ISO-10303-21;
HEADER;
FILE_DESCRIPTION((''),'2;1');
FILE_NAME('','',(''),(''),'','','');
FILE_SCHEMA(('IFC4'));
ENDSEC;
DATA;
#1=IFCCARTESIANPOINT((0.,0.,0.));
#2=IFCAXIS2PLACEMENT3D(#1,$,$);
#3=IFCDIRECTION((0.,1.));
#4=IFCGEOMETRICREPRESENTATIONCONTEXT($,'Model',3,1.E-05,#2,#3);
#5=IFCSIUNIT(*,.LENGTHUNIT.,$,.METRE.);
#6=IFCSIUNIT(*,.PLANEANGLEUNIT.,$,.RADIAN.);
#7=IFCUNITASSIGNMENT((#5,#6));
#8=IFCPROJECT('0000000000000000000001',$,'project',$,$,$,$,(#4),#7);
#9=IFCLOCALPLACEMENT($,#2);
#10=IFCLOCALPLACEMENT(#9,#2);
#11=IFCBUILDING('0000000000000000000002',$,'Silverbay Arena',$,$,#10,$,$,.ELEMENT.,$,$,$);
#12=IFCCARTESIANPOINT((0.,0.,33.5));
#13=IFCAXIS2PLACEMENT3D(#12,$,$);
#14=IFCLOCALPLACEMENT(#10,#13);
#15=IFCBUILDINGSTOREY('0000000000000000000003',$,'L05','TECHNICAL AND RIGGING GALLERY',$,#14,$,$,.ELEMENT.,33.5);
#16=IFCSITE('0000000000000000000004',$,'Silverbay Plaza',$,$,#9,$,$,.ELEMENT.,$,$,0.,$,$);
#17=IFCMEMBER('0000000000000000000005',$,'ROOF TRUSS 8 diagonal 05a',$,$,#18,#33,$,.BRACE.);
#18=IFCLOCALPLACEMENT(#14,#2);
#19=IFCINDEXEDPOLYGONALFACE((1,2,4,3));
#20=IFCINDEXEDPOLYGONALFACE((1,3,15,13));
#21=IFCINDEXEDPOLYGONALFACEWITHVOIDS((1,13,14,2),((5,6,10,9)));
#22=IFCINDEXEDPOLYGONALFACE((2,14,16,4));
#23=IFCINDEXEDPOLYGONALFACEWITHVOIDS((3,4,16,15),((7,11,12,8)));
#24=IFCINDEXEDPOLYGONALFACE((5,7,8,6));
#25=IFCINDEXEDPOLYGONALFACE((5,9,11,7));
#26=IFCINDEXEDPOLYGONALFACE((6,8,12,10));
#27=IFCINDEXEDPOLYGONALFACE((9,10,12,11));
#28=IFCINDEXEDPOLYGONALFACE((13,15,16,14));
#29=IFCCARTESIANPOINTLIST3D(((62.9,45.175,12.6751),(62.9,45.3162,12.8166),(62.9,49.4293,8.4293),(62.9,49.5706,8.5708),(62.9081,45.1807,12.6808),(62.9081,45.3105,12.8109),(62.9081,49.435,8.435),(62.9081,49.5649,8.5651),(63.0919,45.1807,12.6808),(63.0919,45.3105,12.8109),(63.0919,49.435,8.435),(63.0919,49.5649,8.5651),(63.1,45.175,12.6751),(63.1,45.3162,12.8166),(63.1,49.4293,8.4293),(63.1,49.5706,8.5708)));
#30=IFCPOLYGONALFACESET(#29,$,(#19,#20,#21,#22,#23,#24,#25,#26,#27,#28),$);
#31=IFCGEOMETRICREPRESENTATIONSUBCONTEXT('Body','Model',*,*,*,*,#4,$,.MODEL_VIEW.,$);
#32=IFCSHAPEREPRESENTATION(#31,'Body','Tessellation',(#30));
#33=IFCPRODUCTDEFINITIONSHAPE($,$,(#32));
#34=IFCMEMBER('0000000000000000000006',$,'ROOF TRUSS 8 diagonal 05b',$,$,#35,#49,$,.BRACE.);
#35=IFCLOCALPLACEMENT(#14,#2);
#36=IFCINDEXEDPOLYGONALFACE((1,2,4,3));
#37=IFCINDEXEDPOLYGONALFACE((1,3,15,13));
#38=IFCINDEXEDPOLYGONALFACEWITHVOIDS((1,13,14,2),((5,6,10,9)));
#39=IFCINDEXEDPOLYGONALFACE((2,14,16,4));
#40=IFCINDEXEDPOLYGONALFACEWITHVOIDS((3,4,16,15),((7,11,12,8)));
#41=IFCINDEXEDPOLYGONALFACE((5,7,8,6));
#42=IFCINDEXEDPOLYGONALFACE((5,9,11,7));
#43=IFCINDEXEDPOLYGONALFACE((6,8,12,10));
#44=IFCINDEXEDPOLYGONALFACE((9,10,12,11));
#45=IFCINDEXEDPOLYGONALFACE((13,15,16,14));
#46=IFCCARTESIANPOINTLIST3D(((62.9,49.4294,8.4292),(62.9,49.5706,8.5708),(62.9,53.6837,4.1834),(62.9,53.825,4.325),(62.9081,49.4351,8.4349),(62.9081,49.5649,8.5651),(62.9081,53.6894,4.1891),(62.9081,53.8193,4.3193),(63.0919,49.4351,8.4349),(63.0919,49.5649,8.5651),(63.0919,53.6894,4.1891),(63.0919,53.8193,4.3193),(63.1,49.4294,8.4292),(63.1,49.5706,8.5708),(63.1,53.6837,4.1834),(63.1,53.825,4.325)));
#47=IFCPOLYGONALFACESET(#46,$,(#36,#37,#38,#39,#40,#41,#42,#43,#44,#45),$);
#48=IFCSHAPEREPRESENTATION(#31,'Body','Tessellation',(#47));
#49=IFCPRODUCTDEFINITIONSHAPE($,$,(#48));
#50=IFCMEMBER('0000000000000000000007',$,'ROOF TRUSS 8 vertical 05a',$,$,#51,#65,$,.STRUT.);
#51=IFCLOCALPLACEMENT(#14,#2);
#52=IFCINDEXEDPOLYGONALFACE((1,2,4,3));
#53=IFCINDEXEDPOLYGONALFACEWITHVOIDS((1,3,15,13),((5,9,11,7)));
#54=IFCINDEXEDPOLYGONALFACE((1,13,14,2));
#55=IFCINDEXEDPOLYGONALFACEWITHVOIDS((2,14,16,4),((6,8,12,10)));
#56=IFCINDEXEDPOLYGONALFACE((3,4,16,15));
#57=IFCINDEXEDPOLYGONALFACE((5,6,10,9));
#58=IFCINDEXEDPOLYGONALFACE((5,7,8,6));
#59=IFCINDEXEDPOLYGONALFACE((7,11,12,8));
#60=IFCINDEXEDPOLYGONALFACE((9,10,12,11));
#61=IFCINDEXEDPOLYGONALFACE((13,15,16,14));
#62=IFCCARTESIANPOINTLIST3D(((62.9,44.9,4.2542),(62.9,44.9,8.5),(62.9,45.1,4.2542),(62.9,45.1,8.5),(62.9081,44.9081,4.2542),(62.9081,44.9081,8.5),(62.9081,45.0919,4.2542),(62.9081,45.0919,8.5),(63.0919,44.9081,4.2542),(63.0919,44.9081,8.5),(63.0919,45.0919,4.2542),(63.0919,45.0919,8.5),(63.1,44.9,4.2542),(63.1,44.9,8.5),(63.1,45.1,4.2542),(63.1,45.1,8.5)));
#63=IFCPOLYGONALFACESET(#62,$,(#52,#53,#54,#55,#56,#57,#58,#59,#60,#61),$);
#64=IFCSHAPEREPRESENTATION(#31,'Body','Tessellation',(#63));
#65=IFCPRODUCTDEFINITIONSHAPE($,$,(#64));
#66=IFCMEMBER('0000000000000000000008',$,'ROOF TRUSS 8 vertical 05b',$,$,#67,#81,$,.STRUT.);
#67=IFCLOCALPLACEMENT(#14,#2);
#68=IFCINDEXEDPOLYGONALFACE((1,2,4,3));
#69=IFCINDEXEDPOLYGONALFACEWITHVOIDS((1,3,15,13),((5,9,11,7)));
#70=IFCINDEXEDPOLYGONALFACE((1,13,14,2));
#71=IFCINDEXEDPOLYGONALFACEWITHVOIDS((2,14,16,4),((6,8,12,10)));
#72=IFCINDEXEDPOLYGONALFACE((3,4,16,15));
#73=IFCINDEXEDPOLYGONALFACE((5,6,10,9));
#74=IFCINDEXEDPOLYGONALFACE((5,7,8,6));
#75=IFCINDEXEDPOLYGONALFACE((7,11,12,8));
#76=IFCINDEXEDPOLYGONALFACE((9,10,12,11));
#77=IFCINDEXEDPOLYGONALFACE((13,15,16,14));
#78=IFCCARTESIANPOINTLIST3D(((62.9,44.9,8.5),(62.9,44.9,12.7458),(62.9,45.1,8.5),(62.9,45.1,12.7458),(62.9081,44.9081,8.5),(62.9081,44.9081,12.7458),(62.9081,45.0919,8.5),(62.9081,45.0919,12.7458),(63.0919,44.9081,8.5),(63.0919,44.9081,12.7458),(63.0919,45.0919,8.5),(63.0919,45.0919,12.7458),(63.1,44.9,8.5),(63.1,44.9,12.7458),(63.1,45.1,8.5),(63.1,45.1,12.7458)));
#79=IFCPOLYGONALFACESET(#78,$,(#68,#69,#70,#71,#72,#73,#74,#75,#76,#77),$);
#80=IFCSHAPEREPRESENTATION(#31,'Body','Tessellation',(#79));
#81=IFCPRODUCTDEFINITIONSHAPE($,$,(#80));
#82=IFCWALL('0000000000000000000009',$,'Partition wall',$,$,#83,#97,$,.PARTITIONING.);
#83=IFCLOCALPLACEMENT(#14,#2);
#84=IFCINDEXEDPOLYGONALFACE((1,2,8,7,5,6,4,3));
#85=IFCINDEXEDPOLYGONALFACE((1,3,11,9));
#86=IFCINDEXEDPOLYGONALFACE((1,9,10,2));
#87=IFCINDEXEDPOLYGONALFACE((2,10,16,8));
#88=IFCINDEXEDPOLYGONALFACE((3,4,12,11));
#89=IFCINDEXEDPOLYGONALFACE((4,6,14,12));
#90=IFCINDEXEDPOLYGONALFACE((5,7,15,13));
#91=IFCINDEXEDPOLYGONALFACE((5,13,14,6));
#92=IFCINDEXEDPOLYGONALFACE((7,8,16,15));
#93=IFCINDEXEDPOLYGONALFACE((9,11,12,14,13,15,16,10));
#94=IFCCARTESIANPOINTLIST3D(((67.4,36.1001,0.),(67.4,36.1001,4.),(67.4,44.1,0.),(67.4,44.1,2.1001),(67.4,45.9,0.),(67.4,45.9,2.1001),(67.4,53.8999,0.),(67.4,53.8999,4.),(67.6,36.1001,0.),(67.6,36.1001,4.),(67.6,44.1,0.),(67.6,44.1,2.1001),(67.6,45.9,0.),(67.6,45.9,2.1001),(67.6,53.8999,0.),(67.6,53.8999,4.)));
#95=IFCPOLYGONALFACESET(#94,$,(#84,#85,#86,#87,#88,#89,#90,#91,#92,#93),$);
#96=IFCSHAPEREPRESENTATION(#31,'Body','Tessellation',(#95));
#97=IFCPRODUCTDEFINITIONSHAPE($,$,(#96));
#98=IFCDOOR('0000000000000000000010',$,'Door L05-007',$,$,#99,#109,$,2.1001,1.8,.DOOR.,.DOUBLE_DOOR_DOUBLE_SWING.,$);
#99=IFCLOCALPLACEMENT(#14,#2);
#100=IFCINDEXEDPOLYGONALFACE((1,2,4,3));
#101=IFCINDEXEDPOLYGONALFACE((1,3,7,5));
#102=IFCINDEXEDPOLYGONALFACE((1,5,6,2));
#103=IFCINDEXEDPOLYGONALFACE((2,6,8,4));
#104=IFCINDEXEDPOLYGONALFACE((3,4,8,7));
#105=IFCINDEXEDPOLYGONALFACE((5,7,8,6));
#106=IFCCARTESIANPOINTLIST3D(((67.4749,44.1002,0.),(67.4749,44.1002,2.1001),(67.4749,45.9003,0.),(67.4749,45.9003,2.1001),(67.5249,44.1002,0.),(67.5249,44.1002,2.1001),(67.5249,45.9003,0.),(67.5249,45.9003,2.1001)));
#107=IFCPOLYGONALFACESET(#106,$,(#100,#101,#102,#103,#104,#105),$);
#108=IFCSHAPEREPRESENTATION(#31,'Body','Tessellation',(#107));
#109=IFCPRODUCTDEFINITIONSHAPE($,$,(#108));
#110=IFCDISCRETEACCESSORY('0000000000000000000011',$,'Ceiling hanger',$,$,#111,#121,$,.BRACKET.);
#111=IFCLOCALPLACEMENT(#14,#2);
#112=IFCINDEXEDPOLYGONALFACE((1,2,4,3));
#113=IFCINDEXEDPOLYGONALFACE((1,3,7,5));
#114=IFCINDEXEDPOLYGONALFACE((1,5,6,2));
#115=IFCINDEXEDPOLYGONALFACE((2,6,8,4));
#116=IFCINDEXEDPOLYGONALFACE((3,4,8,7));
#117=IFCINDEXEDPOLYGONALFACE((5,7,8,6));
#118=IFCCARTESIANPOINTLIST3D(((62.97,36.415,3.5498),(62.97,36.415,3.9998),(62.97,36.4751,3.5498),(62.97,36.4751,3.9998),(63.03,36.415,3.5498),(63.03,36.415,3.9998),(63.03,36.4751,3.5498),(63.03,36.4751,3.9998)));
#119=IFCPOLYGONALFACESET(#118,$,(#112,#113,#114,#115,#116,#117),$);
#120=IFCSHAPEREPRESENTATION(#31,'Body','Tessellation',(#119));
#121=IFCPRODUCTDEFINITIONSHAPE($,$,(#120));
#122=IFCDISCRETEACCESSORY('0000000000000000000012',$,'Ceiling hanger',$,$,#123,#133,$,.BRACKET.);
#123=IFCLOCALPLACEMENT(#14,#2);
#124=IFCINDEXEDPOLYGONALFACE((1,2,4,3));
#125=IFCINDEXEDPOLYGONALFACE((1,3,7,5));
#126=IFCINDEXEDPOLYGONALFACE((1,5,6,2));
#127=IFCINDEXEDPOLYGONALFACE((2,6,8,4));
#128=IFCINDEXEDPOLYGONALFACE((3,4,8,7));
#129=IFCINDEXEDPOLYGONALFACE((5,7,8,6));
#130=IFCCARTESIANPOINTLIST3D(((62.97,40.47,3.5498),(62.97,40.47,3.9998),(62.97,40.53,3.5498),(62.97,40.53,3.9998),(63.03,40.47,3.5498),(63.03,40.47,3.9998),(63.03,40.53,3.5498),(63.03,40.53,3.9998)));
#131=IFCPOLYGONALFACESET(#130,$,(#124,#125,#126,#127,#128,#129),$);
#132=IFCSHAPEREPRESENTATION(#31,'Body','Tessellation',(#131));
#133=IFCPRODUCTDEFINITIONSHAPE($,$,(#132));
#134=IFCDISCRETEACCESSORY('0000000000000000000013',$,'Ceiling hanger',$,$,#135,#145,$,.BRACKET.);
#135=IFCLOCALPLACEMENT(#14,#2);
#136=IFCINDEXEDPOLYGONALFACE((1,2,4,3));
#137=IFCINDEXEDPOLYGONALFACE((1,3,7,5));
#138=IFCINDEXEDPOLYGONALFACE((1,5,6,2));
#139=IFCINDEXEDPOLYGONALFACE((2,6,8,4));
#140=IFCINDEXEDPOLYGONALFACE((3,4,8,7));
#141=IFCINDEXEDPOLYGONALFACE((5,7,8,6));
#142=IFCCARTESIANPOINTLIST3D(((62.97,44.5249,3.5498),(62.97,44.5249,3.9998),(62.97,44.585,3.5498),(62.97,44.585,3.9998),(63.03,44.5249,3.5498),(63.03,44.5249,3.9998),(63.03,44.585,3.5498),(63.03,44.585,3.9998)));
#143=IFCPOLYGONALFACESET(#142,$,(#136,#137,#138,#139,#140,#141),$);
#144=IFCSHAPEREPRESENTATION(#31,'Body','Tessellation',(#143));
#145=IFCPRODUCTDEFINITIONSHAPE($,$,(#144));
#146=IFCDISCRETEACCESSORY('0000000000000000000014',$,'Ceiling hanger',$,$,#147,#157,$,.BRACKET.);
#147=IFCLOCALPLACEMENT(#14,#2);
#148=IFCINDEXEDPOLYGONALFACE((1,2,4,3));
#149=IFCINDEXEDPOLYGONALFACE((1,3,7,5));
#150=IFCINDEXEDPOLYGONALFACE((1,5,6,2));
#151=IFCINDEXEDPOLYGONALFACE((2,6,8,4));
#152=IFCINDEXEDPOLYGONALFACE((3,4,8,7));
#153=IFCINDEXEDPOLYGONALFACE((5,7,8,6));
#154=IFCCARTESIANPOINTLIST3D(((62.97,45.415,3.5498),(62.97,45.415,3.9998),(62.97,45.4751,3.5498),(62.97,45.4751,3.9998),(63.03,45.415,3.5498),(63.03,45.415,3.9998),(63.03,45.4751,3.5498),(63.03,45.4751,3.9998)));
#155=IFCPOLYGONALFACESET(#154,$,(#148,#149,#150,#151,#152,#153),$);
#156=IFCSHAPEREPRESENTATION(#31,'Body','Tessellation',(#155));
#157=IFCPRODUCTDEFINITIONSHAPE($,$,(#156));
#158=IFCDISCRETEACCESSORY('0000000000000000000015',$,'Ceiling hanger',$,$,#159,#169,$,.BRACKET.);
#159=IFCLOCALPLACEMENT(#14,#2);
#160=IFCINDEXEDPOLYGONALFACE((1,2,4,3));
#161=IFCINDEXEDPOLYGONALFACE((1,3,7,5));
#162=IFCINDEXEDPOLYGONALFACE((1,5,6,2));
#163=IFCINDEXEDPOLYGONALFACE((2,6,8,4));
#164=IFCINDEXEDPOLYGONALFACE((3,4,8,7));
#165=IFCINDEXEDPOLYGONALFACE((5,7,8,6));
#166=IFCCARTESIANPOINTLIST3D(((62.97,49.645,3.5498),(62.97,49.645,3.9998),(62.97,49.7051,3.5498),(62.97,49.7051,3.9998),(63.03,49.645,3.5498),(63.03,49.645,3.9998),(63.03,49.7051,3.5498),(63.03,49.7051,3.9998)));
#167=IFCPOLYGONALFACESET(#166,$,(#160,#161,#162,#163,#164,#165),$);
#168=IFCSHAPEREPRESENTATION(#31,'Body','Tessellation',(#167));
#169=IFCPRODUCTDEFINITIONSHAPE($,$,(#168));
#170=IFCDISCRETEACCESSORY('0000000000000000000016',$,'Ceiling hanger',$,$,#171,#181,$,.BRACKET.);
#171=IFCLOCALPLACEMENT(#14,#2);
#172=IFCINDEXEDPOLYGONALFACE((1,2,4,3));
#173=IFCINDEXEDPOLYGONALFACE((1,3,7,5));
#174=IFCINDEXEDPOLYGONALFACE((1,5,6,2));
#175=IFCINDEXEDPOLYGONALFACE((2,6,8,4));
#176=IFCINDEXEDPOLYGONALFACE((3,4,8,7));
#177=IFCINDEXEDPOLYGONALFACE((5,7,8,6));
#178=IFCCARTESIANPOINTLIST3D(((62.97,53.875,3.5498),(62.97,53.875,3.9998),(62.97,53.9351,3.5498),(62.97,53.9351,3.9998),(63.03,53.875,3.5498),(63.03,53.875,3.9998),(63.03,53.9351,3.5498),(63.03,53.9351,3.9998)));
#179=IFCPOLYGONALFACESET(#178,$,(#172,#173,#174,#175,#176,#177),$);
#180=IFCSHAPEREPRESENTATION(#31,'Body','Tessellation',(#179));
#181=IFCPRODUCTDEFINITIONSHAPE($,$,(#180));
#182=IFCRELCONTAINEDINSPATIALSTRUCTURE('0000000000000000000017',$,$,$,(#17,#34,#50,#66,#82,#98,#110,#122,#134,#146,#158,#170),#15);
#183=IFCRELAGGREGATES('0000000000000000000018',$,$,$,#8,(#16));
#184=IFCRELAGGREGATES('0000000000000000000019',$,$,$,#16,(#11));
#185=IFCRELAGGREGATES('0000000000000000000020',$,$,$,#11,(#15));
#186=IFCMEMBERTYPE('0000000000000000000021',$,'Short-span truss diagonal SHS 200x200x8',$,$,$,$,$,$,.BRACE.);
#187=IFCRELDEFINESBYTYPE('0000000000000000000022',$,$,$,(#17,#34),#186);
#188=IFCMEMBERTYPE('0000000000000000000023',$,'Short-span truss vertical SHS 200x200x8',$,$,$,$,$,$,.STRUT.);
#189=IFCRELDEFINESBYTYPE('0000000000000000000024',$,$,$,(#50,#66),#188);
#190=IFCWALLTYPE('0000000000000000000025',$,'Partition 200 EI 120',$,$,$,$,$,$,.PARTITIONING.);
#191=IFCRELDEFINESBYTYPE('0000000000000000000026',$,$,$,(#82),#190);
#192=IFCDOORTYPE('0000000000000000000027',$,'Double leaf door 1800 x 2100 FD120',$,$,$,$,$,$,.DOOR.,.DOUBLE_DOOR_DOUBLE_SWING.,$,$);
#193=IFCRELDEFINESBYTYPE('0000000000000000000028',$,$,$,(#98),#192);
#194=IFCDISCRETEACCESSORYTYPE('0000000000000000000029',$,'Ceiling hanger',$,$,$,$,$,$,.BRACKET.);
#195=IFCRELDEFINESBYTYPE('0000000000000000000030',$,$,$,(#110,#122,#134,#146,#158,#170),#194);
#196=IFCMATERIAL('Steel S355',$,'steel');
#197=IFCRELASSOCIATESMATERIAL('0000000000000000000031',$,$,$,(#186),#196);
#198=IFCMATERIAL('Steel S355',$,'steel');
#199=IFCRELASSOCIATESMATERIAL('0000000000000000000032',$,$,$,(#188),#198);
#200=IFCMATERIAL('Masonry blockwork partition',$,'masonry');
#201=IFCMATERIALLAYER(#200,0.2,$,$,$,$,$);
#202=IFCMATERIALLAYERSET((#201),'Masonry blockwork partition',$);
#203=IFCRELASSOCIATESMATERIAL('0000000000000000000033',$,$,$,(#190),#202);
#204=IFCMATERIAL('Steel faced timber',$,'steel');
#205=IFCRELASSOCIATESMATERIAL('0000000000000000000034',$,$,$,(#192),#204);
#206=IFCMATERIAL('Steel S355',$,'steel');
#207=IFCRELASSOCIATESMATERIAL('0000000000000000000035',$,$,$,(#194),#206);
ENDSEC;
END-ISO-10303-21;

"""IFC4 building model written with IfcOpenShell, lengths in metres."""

from ifc_helpers import new_model, si_unit, direction, frame, frame_2d, origin, origin_2d, place, context, subcontext, project, spatial, rectangle, hollow_rectangle, extrude, material, layer, layer_set, material_profile, profile_set, type_object, element, fill, save


model = new_model("IFC4")

# Units and contexts
model_context = context("Model", 3, precision=1e-05, world=origin(), true_north=direction((0.0, 1.0)))
body_context = subcontext(model_context, "Body", "Model", "MODEL_VIEW")
ifc_project = project(units=[si_unit("LENGTHUNIT", "METRE"), si_unit("PLANEANGLEUNIT", "RADIAN")], contexts=[model_context])

# Site, building, storey
site_placement = place(None, origin())
site = spatial("IfcSite", under=ifc_project, at=site_placement, Name="Silverbay Plaza", CompositionType="ELEMENT", RefElevation=0.0)
building_placement = place(site_placement, origin())
building = spatial("IfcBuilding", under=site, at=building_placement, Name="Silverbay Arena", CompositionType="ELEMENT")
storey_placement = place(building_placement, frame((0.0, 0.0, 33.5)))
storey = spatial("IfcBuildingStorey", under=building, at=storey_placement, Name="L05", Description="TECHNICAL AND RIGGING GALLERY", CompositionType="ELEMENT", Elevation=33.5)

# Members
ifc_material_1 = material(Name="Steel S355", Category="steel")
ifc_material_profile_1 = material_profile(ifc_material_1, hollow_rectangle(XDim=0.2, YDim=0.2, WallThickness=0.0081, at=origin_2d()), Name="SHS 200x200x8")
ifc_profile_set_1 = profile_set([ifc_material_profile_1], Name="Steel S355")
member_type_1 = type_object("IfcMemberType", Name="Short-span truss diagonal SHS 200x200x8", PredefinedType="BRACE", material=ifc_profile_set_1)
for number, where, z_axis, x_axis, name in (
    (1, (63.0, 45.2456, 12.7458), (0.0, 0.707817, -0.706396), (-1.0, 0.0, 0.0), "ROOF TRUSS 8 diagonal 05a"),
    (2, (63.0, 49.5, 8.5), (0.0, 0.707817, -0.706396), (-1.0, 0.0, 0.0), "ROOF TRUSS 8 diagonal 05b"),
):
    element("IfcMember", number, at=place(storey_placement, frame(where, z_axis=z_axis, x_axis=x_axis)), inside=storey, type_object=member_type_1, Name=name, PredefinedType="BRACE", context=body_context, shape_type="SweptSolid", body=[
        extrude(hollow_rectangle(XDim=0.2, YDim=0.2, WallThickness=0.0081, at=origin_2d()), origin(), (0.0, 0.0, 1.0), 6.0105),
    ])
ifc_material_2 = material(Name="Steel S355", Category="steel")
ifc_material_profile_2 = material_profile(ifc_material_2, hollow_rectangle(XDim=0.2, YDim=0.2, WallThickness=0.0081, at=origin_2d()), Name="SHS 200x200x8")
ifc_profile_set_2 = profile_set([ifc_material_profile_2], Name="Steel S355")
member_type_2 = type_object("IfcMemberType", Name="Short-span truss vertical SHS 200x200x8", PredefinedType="STRUT", material=ifc_profile_set_2)
for number, where, z_axis, x_axis, name in (
    (3, (63.0, 45.0, 4.2542), (0.0, 0.0, 1.0), (1.0, 0.0, 0.0), "ROOF TRUSS 8 vertical 05a"),
    (4, (63.0, 45.0, 8.5), (0.0, 0.0, 1.0), (1.0, 0.0, 0.0), "ROOF TRUSS 8 vertical 05b"),
):
    element("IfcMember", number, at=place(storey_placement, frame(where, z_axis=z_axis, x_axis=x_axis)), inside=storey, type_object=member_type_2, Name=name, PredefinedType="STRUT", context=body_context, shape_type="SweptSolid", body=[
        extrude(hollow_rectangle(XDim=0.2, YDim=0.2, WallThickness=0.0081, at=origin_2d()), origin(), (0.0, 0.0, 1.0), 4.2458),
    ])

# Wall, opening, door
ifc_material_3 = material(Name="Masonry blockwork partition", Category="masonry")
ifc_layer = layer(ifc_material_3, 0.2)
ifc_layer_set = layer_set([ifc_layer], Name="Masonry blockwork partition")
wall_type = type_object("IfcWallType", Name="Partition 200 EI 120", PredefinedType="PARTITIONING", material=ifc_layer_set)
wall_placement = place(storey_placement, frame((67.5, 36.1001, 0.0), z_axis=(0.0, 0.0, 1.0), x_axis=(0.0, 1.0, 0.0)))
wall = element("IfcWall", 5, at=wall_placement, inside=storey, type_object=wall_type, Name="Partition wall", PredefinedType="PARTITIONING", context=body_context, shape_type="SweptSolid", body=[
    extrude(rectangle(XDim=17.7998, YDim=0.2, at=frame_2d((8.8999, 0.0))), origin(), (0.0, 0.0, 1.0), 4.0),
])
opening_placement = place(wall_placement, frame((8.0, 0.0, 0.0)))
opening = element("IfcOpeningElement", 6, at=opening_placement, cuts=wall, PredefinedType="OPENING", context=body_context, shape_type="SweptSolid", body=[
    extrude(rectangle(XDim=1.8, YDim=2.1001, at=frame_2d((0.8999, 1.05))), frame((0.0, 0.1099, 0.0), z_axis=(0.0, -1.0, 0.0), x_axis=(1.0, 0.0, 0.0)), (0.0, 0.0, 1.0), 0.22),
])
ifc_material_4 = material(Name="Steel faced timber", Category="steel")
door_type = type_object("IfcDoorType", Name="Double leaf door 1800 x 2100 FD120", OperationType="DOUBLE_DOOR_DOUBLE_SWING", PredefinedType="DOOR", material=ifc_material_4)
door_placement = place(opening_placement, frame((1.8, 0.0, 0.0), z_axis=(0.0, 0.0, 1.0), x_axis=(-1.0, 0.0, 0.0)))
door = element("IfcDoor", 7, at=door_placement, inside=storey, type_object=door_type, Name="Door L05-007", OperationType="DOUBLE_DOOR_DOUBLE_SWING", OverallHeight=2.1001, OverallWidth=1.8, PredefinedType="DOOR", context=body_context, shape_type="SweptSolid", body=[
    extrude(rectangle(XDim=1.8, YDim=2.1001, at=frame_2d((0.8999, 1.05))), frame((0.0, 0.0249, 0.0), z_axis=(0.0, -1.0, 0.0), x_axis=(1.0, 0.0, 0.0)), (0.0, 0.0, 1.0), 0.05),
])
fill(opening, door)

# Discrete accessories
ifc_material_5 = material(Name="Steel S355", Category="steel")
discrete_accessory_type = type_object("IfcDiscreteAccessoryType", Name="Ceiling hanger", PredefinedType="BRACKET", material=ifc_material_5)
for number, where, z_axis, x_axis, name in (
    (8, (63.0, 36.4451, 3.5498), (0.0, 0.0, 1.0), (1.0, 0.0, 0.0), "Ceiling hanger"),
    (9, (63.0, 40.5, 3.5498), (0.0, 0.0, 1.0), (1.0, 0.0, 0.0), "Ceiling hanger"),
    (10, (63.0, 44.5549, 3.5498), (0.0, 0.0, 1.0), (1.0, 0.0, 0.0), "Ceiling hanger"),
    (11, (63.0, 45.4451, 3.5498), (0.0, 0.0, 1.0), (1.0, 0.0, 0.0), "Ceiling hanger"),
    (12, (63.0, 49.675, 3.5498), (0.0, 0.0, 1.0), (1.0, 0.0, 0.0), "Ceiling hanger"),
    (13, (63.0, 53.905, 3.5498), (0.0, 0.0, 1.0), (1.0, 0.0, 0.0), "Ceiling hanger"),
):
    element("IfcDiscreteAccessory", number, at=place(storey_placement, frame(where, z_axis=z_axis, x_axis=x_axis)), inside=storey, type_object=discrete_accessory_type, Name=name, PredefinedType="BRACKET", context=body_context, shape_type="SweptSolid", body=[
        extrude(rectangle(XDim=0.0601, YDim=0.0601, at=origin_2d()), origin(), (0.0, 0.0, 1.0), 0.45),
    ])

save(model, "model.ifc")
